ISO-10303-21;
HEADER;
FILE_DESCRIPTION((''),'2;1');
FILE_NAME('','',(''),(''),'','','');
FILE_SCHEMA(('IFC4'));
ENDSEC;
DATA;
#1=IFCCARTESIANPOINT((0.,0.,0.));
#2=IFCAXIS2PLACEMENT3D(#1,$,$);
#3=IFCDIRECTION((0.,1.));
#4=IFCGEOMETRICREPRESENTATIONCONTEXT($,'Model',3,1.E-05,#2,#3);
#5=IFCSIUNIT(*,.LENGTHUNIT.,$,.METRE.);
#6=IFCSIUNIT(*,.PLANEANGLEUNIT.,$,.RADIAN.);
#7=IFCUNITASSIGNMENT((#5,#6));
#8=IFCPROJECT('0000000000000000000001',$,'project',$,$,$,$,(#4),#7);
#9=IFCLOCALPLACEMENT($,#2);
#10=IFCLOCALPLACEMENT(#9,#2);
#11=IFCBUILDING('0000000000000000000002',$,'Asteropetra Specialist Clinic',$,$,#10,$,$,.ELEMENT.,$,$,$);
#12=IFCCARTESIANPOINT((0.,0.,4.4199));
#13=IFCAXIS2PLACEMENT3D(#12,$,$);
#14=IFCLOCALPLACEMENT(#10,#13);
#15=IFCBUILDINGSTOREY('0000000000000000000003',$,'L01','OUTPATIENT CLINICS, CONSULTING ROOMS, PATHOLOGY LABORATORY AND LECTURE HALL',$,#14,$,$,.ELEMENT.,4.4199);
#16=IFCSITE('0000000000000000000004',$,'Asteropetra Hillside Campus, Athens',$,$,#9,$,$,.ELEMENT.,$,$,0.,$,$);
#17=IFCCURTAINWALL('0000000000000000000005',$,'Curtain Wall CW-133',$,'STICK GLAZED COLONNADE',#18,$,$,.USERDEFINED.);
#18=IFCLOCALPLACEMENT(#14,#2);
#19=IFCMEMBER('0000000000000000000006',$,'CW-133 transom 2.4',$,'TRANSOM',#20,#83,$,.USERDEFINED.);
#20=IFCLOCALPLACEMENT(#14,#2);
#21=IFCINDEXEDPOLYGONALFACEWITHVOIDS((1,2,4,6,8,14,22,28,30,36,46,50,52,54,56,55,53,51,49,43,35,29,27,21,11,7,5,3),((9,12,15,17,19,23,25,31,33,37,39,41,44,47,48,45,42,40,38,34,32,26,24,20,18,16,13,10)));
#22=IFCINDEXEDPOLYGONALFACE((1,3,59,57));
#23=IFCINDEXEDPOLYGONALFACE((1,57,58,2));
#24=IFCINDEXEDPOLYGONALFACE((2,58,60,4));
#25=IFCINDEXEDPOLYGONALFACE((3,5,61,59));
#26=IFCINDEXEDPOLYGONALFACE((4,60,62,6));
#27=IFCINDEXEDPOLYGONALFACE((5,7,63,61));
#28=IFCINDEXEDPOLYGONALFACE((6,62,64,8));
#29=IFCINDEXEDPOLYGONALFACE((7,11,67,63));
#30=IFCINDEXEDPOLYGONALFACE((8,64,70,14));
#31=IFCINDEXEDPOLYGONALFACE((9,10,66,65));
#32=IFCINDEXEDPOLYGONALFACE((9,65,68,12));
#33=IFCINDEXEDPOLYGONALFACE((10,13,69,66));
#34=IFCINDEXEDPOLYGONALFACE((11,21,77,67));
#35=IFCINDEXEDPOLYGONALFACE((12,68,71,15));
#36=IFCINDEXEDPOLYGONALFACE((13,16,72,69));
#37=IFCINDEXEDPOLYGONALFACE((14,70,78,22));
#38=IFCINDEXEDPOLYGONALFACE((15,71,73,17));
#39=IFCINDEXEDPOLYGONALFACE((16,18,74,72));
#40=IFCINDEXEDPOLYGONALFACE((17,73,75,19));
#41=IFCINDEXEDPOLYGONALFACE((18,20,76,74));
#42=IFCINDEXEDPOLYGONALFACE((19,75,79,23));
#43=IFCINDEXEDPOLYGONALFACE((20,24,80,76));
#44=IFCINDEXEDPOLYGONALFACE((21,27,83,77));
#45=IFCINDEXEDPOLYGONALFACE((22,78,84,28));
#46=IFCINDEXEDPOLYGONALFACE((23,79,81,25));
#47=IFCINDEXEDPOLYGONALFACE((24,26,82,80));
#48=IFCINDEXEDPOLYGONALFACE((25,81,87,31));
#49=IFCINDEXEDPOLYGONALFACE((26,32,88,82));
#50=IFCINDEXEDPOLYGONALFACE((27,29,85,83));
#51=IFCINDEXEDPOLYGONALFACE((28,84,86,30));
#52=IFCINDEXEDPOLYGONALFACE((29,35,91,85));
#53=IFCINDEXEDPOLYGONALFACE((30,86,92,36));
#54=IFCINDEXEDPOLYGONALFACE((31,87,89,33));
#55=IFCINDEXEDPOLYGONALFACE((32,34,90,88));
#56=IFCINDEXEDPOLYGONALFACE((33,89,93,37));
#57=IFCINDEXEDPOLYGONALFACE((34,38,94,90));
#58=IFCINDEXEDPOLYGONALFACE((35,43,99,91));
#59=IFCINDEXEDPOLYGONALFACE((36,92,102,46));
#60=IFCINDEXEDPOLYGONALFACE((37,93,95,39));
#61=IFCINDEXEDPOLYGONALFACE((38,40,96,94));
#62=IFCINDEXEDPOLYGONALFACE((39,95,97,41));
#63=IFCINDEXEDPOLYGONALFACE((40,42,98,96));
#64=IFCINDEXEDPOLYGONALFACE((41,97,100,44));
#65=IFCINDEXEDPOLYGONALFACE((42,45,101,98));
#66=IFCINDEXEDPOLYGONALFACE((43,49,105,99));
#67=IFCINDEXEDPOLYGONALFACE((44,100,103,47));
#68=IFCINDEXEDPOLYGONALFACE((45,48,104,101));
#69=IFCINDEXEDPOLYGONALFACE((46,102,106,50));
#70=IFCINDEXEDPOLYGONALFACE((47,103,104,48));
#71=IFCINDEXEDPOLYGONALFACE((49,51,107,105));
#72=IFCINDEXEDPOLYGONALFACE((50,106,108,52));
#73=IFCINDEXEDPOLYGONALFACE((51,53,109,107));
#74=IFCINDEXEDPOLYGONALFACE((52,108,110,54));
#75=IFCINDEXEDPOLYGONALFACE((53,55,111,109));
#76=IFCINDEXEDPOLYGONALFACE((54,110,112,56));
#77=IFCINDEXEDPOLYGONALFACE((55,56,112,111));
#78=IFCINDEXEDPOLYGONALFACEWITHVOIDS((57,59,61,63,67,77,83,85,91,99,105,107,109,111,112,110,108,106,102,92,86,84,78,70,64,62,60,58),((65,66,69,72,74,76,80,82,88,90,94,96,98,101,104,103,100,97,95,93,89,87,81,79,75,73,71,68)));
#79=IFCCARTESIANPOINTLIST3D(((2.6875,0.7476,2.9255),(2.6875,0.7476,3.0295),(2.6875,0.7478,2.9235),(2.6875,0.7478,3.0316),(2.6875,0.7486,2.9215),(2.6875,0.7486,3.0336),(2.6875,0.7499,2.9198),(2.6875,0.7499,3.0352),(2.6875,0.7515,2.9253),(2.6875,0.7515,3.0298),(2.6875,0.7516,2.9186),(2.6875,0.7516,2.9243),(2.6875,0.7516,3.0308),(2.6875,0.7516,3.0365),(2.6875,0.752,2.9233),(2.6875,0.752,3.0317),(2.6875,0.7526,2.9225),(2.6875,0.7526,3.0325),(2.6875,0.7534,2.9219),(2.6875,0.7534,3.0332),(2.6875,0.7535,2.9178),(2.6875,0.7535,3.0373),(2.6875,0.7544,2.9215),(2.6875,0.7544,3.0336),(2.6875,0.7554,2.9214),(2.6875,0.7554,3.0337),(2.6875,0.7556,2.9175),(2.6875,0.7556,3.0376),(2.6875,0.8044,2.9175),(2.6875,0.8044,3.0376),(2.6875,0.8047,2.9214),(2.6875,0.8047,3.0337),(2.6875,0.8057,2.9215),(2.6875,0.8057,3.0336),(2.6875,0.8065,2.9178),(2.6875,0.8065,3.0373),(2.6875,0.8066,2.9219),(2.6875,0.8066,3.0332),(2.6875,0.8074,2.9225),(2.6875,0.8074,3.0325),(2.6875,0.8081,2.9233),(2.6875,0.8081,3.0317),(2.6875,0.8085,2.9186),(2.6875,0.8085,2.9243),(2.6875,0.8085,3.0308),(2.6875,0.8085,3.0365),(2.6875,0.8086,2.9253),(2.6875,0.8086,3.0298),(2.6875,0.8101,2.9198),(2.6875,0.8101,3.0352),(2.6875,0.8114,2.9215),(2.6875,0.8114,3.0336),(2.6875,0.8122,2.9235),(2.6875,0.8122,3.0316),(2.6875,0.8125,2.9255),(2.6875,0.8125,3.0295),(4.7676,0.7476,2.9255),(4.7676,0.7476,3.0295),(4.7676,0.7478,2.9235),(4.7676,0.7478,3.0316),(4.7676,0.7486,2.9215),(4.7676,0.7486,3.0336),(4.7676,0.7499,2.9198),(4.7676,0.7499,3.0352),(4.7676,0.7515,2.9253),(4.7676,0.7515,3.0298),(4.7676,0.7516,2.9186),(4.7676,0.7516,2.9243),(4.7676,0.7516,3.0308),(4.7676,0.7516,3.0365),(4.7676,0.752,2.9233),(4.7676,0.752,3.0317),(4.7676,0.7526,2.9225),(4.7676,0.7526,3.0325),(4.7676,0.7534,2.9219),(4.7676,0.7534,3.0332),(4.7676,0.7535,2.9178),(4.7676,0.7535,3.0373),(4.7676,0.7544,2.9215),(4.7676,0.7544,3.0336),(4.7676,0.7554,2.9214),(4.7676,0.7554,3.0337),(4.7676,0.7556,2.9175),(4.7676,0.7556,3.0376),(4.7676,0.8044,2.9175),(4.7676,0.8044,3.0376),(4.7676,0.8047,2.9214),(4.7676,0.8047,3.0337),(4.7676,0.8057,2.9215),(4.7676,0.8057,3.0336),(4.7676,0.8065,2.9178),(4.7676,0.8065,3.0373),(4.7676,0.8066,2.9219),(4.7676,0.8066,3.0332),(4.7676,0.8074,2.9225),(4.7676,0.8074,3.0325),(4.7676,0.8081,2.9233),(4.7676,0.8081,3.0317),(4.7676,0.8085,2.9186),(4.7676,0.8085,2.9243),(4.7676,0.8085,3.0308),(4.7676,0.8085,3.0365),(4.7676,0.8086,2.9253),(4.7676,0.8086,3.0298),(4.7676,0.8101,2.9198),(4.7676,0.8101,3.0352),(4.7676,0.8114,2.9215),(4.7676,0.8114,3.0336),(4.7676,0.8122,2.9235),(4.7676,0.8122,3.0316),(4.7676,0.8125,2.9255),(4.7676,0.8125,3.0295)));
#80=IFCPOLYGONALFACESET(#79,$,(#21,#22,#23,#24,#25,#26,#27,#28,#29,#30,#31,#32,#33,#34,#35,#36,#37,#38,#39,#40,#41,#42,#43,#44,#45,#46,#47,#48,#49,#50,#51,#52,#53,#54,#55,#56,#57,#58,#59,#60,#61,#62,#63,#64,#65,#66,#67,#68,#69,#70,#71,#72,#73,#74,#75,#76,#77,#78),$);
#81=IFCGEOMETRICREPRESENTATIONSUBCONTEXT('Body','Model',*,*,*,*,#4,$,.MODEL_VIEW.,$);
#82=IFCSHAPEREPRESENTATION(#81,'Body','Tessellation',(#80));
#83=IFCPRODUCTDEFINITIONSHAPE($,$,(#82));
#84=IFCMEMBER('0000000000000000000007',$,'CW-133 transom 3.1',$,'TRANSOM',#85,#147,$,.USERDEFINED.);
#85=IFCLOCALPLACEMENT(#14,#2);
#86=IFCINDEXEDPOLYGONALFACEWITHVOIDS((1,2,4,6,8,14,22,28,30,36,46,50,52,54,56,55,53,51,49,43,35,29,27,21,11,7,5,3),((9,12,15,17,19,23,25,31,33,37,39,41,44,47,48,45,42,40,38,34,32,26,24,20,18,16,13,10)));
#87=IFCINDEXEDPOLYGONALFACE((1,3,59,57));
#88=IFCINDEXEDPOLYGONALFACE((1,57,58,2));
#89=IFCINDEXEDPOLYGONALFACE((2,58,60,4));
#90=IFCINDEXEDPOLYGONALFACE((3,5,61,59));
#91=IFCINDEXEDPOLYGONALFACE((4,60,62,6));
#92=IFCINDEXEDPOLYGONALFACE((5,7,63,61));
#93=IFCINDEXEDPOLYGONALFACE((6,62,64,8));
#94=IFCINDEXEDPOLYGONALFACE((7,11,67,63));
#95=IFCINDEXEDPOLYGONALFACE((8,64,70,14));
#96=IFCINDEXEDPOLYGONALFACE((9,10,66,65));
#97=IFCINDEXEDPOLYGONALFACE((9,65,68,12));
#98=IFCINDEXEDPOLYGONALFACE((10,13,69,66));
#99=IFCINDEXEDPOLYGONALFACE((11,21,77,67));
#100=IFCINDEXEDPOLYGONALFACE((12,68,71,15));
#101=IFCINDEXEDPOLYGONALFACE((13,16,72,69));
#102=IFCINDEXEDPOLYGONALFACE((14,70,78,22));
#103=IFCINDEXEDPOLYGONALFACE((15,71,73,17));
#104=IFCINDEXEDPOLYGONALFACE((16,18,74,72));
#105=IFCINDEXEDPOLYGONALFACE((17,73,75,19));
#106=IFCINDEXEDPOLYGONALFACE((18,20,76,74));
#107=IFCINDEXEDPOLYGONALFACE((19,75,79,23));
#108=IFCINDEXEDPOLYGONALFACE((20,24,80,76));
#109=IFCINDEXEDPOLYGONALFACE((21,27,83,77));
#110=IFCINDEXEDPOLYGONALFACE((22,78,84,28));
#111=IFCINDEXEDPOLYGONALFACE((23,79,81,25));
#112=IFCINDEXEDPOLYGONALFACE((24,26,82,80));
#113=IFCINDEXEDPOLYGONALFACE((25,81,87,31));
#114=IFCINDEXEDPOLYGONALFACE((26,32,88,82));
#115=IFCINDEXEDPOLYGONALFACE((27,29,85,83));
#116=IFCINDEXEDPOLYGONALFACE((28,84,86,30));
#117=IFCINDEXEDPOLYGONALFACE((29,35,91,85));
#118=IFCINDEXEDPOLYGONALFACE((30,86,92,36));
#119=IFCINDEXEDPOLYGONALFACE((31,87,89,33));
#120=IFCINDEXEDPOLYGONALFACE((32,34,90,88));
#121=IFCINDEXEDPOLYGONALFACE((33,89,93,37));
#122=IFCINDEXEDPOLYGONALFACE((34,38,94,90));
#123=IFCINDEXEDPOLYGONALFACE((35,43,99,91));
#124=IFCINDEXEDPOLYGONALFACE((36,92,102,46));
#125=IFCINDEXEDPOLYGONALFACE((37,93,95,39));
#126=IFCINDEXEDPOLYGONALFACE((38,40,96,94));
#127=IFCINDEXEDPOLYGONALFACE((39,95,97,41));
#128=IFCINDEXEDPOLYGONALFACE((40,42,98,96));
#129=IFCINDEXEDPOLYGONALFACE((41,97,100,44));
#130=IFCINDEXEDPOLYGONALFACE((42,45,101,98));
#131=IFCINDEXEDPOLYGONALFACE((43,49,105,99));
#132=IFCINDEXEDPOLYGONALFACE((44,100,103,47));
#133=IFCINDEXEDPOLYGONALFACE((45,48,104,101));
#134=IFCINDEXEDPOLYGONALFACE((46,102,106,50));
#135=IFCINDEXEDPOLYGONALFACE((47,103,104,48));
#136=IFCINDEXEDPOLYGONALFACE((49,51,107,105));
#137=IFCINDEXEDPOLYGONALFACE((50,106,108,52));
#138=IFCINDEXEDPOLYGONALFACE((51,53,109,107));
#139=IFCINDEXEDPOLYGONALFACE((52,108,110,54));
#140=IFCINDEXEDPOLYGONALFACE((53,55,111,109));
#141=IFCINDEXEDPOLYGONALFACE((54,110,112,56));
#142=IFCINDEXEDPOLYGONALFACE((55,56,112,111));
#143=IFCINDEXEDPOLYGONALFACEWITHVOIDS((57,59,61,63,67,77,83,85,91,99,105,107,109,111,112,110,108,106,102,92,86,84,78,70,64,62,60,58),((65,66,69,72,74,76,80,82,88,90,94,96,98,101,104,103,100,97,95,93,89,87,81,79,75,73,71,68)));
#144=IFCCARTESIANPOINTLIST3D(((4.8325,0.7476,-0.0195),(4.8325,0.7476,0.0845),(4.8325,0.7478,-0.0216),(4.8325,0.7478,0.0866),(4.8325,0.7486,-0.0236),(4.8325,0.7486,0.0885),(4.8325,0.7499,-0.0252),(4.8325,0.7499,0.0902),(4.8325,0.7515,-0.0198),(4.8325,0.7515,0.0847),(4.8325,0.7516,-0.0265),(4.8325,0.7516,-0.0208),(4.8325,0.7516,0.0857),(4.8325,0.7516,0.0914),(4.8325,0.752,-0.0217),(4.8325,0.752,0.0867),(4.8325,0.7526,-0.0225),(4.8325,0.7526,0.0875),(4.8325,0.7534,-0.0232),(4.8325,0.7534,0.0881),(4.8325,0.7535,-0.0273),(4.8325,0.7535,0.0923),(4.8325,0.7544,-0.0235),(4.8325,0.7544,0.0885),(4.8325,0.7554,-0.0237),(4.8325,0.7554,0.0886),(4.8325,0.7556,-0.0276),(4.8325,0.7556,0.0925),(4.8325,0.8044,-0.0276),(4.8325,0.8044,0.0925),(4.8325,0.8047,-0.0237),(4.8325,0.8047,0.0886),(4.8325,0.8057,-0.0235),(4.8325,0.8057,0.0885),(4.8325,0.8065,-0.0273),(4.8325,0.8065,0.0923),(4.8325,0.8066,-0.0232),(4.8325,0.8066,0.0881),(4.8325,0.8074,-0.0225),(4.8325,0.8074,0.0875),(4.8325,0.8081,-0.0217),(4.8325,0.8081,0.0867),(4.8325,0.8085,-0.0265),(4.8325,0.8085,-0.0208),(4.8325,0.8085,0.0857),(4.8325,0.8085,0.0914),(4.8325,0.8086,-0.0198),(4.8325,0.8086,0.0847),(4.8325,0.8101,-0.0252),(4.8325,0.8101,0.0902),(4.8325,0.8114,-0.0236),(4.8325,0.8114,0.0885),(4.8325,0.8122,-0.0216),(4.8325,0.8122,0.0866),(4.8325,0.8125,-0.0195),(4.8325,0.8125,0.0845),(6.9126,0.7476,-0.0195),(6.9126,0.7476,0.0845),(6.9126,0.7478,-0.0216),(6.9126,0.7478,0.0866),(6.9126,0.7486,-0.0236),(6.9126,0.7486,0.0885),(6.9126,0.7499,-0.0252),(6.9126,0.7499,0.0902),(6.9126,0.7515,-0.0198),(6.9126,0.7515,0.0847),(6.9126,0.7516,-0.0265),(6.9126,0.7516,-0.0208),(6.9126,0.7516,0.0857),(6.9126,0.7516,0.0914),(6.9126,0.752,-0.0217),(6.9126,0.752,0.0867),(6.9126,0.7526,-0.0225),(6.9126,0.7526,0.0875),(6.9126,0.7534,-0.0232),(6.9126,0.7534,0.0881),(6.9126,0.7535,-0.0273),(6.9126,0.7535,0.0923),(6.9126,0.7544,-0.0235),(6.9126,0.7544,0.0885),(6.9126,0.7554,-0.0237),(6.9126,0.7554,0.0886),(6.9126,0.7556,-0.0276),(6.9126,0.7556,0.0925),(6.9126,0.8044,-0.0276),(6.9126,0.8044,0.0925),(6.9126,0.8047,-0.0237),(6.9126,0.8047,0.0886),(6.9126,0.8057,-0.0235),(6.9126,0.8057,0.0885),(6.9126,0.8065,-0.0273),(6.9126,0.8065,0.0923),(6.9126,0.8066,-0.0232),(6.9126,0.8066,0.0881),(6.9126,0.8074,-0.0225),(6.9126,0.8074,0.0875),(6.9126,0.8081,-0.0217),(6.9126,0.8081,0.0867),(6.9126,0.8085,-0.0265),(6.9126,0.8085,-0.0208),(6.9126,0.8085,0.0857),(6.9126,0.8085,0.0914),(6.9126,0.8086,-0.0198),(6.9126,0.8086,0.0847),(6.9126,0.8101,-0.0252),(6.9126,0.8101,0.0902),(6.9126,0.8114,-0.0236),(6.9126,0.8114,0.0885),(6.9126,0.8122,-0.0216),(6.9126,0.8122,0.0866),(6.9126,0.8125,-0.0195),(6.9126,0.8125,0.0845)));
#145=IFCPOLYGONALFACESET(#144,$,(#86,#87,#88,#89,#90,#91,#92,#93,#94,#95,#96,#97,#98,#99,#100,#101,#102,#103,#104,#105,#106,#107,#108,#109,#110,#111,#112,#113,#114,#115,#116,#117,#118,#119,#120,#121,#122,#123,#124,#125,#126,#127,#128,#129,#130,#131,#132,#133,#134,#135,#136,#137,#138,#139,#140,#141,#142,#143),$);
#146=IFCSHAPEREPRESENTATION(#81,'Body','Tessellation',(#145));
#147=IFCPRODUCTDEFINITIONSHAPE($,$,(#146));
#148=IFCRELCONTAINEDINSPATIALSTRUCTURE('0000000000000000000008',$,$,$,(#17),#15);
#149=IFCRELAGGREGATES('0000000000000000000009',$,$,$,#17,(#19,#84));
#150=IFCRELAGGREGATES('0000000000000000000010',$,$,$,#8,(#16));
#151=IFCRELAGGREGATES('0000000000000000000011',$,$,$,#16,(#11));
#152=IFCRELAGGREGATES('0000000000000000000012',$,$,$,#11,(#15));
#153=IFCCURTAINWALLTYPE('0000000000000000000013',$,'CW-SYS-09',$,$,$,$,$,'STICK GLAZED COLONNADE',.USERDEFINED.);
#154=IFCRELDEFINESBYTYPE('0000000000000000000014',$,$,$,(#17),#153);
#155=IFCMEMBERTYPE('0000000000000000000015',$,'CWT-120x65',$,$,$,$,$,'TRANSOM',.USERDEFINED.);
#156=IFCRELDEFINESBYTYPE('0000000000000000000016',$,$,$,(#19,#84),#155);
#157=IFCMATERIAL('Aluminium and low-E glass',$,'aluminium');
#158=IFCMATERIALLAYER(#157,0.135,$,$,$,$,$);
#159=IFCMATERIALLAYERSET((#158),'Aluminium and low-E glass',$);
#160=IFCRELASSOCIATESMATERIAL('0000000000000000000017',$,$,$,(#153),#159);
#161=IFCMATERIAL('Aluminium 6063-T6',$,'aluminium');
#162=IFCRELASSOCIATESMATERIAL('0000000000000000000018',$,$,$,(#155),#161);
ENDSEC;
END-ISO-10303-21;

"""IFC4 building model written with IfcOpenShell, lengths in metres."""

from ifc_helpers import new_model, si_unit, direction, frame, origin, origin_2d, place, context, subcontext, project, spatial, hollow_rectangle, extrude, material, layer, layer_set, material_profile, profile_set, type_object, element, aggregate, save


model = new_model("IFC4")

# Units and contexts
model_context = context("Model", 3, precision=1e-05, world=origin(), true_north=direction((0.0, 1.0)))
body_context = subcontext(model_context, "Body", "Model", "MODEL_VIEW")
ifc_project = project(units=[si_unit("LENGTHUNIT", "METRE"), si_unit("PLANEANGLEUNIT", "RADIAN")], contexts=[model_context])

# Site, building, storey
site_placement = place(None, origin())
site = spatial("IfcSite", under=ifc_project, at=site_placement, Name="Asteropetra Hillside Campus, Athens", CompositionType="ELEMENT", RefElevation=0.0)
building_placement = place(site_placement, origin())
building = spatial("IfcBuilding", under=site, at=building_placement, Name="Asteropetra Specialist Clinic", CompositionType="ELEMENT")
storey_placement = place(building_placement, frame((0.0, 0.0, 4.4199)))
storey = spatial("IfcBuildingStorey", under=building, at=storey_placement, Name="L01", Description="OUTPATIENT CLINICS, CONSULTING ROOMS, PATHOLOGY LABORATORY AND LECTURE HALL", CompositionType="ELEMENT", Elevation=4.4199)

# Curtain wall, members
ifc_material_1 = material(Name="Aluminium and low-E glass", Category="aluminium")
ifc_layer_1 = layer(ifc_material_1, 0.135)
ifc_layer_set_1 = layer_set([ifc_layer_1], Name="Aluminium and low-E glass")
curtain_wall_type = type_object("IfcCurtainWallType", Name="CW-SYS-09", ElementType="STICK GLAZED COLONNADE", PredefinedType="USERDEFINED", material=ifc_layer_set_1)
curtain_wall_placement = place(storey_placement, origin())
curtain_wall = element("IfcCurtainWall", 1, at=curtain_wall_placement, inside=storey, type_object=curtain_wall_type, Name="Curtain Wall CW-133", ObjectType="STICK GLAZED COLONNADE", PredefinedType="USERDEFINED")
ifc_material_2 = material(Name="Aluminium 6063-T6", Category="aluminium")
ifc_material_profile_1 = material_profile(ifc_material_2, hollow_rectangle(XDim=0.0649, YDim=0.1201, WallThickness=0.0039, InnerFilletRadius=0.0039, OuterFilletRadius=0.0081, at=origin_2d()), Name="TRN 120x65x4.0")
ifc_profile_set_1 = profile_set([ifc_material_profile_1], Name="Aluminium 6063-T6")
member_type_1 = type_object("IfcMemberType", Name="CWT-120x65", ElementType="TRANSOM", PredefinedType="USERDEFINED", material=ifc_profile_set_1)
member_1_placement = place(storey_placement, frame((2.6875, 0.78, 2.9775), z_axis=(1.0, 0.0, 0.0), x_axis=(0.0, 1.0, 0.0)))
member_1 = element("IfcMember", 2, at=member_1_placement, type_object=member_type_1, Name="CW-133 transom 2.4", ObjectType="TRANSOM", PredefinedType="USERDEFINED", context=body_context, shape_type="SweptSolid", body=[
    extrude(hollow_rectangle(XDim=0.0649, YDim=0.1201, WallThickness=0.0039, InnerFilletRadius=0.0039, OuterFilletRadius=0.0081, at=origin_2d()), origin(), (0.0, 0.0, 1.0), 2.0801),
])
member_2_placement = place(storey_placement, frame((4.8325, 0.78, 0.0325), z_axis=(1.0, 0.0, 0.0), x_axis=(0.0, 1.0, 0.0)))
member_2 = element("IfcMember", 3, at=member_2_placement, type_object=member_type_1, Name="CW-133 transom 3.1", ObjectType="TRANSOM", PredefinedType="USERDEFINED", context=body_context, shape_type="SweptSolid", body=[
    extrude(hollow_rectangle(XDim=0.0649, YDim=0.1201, WallThickness=0.0039, InnerFilletRadius=0.0039, OuterFilletRadius=0.0081, at=origin_2d()), origin(), (0.0, 0.0, 1.0), 2.0801),
])

aggregate(curtain_wall, [member_1, member_2])

save(model, "model.ifc")
